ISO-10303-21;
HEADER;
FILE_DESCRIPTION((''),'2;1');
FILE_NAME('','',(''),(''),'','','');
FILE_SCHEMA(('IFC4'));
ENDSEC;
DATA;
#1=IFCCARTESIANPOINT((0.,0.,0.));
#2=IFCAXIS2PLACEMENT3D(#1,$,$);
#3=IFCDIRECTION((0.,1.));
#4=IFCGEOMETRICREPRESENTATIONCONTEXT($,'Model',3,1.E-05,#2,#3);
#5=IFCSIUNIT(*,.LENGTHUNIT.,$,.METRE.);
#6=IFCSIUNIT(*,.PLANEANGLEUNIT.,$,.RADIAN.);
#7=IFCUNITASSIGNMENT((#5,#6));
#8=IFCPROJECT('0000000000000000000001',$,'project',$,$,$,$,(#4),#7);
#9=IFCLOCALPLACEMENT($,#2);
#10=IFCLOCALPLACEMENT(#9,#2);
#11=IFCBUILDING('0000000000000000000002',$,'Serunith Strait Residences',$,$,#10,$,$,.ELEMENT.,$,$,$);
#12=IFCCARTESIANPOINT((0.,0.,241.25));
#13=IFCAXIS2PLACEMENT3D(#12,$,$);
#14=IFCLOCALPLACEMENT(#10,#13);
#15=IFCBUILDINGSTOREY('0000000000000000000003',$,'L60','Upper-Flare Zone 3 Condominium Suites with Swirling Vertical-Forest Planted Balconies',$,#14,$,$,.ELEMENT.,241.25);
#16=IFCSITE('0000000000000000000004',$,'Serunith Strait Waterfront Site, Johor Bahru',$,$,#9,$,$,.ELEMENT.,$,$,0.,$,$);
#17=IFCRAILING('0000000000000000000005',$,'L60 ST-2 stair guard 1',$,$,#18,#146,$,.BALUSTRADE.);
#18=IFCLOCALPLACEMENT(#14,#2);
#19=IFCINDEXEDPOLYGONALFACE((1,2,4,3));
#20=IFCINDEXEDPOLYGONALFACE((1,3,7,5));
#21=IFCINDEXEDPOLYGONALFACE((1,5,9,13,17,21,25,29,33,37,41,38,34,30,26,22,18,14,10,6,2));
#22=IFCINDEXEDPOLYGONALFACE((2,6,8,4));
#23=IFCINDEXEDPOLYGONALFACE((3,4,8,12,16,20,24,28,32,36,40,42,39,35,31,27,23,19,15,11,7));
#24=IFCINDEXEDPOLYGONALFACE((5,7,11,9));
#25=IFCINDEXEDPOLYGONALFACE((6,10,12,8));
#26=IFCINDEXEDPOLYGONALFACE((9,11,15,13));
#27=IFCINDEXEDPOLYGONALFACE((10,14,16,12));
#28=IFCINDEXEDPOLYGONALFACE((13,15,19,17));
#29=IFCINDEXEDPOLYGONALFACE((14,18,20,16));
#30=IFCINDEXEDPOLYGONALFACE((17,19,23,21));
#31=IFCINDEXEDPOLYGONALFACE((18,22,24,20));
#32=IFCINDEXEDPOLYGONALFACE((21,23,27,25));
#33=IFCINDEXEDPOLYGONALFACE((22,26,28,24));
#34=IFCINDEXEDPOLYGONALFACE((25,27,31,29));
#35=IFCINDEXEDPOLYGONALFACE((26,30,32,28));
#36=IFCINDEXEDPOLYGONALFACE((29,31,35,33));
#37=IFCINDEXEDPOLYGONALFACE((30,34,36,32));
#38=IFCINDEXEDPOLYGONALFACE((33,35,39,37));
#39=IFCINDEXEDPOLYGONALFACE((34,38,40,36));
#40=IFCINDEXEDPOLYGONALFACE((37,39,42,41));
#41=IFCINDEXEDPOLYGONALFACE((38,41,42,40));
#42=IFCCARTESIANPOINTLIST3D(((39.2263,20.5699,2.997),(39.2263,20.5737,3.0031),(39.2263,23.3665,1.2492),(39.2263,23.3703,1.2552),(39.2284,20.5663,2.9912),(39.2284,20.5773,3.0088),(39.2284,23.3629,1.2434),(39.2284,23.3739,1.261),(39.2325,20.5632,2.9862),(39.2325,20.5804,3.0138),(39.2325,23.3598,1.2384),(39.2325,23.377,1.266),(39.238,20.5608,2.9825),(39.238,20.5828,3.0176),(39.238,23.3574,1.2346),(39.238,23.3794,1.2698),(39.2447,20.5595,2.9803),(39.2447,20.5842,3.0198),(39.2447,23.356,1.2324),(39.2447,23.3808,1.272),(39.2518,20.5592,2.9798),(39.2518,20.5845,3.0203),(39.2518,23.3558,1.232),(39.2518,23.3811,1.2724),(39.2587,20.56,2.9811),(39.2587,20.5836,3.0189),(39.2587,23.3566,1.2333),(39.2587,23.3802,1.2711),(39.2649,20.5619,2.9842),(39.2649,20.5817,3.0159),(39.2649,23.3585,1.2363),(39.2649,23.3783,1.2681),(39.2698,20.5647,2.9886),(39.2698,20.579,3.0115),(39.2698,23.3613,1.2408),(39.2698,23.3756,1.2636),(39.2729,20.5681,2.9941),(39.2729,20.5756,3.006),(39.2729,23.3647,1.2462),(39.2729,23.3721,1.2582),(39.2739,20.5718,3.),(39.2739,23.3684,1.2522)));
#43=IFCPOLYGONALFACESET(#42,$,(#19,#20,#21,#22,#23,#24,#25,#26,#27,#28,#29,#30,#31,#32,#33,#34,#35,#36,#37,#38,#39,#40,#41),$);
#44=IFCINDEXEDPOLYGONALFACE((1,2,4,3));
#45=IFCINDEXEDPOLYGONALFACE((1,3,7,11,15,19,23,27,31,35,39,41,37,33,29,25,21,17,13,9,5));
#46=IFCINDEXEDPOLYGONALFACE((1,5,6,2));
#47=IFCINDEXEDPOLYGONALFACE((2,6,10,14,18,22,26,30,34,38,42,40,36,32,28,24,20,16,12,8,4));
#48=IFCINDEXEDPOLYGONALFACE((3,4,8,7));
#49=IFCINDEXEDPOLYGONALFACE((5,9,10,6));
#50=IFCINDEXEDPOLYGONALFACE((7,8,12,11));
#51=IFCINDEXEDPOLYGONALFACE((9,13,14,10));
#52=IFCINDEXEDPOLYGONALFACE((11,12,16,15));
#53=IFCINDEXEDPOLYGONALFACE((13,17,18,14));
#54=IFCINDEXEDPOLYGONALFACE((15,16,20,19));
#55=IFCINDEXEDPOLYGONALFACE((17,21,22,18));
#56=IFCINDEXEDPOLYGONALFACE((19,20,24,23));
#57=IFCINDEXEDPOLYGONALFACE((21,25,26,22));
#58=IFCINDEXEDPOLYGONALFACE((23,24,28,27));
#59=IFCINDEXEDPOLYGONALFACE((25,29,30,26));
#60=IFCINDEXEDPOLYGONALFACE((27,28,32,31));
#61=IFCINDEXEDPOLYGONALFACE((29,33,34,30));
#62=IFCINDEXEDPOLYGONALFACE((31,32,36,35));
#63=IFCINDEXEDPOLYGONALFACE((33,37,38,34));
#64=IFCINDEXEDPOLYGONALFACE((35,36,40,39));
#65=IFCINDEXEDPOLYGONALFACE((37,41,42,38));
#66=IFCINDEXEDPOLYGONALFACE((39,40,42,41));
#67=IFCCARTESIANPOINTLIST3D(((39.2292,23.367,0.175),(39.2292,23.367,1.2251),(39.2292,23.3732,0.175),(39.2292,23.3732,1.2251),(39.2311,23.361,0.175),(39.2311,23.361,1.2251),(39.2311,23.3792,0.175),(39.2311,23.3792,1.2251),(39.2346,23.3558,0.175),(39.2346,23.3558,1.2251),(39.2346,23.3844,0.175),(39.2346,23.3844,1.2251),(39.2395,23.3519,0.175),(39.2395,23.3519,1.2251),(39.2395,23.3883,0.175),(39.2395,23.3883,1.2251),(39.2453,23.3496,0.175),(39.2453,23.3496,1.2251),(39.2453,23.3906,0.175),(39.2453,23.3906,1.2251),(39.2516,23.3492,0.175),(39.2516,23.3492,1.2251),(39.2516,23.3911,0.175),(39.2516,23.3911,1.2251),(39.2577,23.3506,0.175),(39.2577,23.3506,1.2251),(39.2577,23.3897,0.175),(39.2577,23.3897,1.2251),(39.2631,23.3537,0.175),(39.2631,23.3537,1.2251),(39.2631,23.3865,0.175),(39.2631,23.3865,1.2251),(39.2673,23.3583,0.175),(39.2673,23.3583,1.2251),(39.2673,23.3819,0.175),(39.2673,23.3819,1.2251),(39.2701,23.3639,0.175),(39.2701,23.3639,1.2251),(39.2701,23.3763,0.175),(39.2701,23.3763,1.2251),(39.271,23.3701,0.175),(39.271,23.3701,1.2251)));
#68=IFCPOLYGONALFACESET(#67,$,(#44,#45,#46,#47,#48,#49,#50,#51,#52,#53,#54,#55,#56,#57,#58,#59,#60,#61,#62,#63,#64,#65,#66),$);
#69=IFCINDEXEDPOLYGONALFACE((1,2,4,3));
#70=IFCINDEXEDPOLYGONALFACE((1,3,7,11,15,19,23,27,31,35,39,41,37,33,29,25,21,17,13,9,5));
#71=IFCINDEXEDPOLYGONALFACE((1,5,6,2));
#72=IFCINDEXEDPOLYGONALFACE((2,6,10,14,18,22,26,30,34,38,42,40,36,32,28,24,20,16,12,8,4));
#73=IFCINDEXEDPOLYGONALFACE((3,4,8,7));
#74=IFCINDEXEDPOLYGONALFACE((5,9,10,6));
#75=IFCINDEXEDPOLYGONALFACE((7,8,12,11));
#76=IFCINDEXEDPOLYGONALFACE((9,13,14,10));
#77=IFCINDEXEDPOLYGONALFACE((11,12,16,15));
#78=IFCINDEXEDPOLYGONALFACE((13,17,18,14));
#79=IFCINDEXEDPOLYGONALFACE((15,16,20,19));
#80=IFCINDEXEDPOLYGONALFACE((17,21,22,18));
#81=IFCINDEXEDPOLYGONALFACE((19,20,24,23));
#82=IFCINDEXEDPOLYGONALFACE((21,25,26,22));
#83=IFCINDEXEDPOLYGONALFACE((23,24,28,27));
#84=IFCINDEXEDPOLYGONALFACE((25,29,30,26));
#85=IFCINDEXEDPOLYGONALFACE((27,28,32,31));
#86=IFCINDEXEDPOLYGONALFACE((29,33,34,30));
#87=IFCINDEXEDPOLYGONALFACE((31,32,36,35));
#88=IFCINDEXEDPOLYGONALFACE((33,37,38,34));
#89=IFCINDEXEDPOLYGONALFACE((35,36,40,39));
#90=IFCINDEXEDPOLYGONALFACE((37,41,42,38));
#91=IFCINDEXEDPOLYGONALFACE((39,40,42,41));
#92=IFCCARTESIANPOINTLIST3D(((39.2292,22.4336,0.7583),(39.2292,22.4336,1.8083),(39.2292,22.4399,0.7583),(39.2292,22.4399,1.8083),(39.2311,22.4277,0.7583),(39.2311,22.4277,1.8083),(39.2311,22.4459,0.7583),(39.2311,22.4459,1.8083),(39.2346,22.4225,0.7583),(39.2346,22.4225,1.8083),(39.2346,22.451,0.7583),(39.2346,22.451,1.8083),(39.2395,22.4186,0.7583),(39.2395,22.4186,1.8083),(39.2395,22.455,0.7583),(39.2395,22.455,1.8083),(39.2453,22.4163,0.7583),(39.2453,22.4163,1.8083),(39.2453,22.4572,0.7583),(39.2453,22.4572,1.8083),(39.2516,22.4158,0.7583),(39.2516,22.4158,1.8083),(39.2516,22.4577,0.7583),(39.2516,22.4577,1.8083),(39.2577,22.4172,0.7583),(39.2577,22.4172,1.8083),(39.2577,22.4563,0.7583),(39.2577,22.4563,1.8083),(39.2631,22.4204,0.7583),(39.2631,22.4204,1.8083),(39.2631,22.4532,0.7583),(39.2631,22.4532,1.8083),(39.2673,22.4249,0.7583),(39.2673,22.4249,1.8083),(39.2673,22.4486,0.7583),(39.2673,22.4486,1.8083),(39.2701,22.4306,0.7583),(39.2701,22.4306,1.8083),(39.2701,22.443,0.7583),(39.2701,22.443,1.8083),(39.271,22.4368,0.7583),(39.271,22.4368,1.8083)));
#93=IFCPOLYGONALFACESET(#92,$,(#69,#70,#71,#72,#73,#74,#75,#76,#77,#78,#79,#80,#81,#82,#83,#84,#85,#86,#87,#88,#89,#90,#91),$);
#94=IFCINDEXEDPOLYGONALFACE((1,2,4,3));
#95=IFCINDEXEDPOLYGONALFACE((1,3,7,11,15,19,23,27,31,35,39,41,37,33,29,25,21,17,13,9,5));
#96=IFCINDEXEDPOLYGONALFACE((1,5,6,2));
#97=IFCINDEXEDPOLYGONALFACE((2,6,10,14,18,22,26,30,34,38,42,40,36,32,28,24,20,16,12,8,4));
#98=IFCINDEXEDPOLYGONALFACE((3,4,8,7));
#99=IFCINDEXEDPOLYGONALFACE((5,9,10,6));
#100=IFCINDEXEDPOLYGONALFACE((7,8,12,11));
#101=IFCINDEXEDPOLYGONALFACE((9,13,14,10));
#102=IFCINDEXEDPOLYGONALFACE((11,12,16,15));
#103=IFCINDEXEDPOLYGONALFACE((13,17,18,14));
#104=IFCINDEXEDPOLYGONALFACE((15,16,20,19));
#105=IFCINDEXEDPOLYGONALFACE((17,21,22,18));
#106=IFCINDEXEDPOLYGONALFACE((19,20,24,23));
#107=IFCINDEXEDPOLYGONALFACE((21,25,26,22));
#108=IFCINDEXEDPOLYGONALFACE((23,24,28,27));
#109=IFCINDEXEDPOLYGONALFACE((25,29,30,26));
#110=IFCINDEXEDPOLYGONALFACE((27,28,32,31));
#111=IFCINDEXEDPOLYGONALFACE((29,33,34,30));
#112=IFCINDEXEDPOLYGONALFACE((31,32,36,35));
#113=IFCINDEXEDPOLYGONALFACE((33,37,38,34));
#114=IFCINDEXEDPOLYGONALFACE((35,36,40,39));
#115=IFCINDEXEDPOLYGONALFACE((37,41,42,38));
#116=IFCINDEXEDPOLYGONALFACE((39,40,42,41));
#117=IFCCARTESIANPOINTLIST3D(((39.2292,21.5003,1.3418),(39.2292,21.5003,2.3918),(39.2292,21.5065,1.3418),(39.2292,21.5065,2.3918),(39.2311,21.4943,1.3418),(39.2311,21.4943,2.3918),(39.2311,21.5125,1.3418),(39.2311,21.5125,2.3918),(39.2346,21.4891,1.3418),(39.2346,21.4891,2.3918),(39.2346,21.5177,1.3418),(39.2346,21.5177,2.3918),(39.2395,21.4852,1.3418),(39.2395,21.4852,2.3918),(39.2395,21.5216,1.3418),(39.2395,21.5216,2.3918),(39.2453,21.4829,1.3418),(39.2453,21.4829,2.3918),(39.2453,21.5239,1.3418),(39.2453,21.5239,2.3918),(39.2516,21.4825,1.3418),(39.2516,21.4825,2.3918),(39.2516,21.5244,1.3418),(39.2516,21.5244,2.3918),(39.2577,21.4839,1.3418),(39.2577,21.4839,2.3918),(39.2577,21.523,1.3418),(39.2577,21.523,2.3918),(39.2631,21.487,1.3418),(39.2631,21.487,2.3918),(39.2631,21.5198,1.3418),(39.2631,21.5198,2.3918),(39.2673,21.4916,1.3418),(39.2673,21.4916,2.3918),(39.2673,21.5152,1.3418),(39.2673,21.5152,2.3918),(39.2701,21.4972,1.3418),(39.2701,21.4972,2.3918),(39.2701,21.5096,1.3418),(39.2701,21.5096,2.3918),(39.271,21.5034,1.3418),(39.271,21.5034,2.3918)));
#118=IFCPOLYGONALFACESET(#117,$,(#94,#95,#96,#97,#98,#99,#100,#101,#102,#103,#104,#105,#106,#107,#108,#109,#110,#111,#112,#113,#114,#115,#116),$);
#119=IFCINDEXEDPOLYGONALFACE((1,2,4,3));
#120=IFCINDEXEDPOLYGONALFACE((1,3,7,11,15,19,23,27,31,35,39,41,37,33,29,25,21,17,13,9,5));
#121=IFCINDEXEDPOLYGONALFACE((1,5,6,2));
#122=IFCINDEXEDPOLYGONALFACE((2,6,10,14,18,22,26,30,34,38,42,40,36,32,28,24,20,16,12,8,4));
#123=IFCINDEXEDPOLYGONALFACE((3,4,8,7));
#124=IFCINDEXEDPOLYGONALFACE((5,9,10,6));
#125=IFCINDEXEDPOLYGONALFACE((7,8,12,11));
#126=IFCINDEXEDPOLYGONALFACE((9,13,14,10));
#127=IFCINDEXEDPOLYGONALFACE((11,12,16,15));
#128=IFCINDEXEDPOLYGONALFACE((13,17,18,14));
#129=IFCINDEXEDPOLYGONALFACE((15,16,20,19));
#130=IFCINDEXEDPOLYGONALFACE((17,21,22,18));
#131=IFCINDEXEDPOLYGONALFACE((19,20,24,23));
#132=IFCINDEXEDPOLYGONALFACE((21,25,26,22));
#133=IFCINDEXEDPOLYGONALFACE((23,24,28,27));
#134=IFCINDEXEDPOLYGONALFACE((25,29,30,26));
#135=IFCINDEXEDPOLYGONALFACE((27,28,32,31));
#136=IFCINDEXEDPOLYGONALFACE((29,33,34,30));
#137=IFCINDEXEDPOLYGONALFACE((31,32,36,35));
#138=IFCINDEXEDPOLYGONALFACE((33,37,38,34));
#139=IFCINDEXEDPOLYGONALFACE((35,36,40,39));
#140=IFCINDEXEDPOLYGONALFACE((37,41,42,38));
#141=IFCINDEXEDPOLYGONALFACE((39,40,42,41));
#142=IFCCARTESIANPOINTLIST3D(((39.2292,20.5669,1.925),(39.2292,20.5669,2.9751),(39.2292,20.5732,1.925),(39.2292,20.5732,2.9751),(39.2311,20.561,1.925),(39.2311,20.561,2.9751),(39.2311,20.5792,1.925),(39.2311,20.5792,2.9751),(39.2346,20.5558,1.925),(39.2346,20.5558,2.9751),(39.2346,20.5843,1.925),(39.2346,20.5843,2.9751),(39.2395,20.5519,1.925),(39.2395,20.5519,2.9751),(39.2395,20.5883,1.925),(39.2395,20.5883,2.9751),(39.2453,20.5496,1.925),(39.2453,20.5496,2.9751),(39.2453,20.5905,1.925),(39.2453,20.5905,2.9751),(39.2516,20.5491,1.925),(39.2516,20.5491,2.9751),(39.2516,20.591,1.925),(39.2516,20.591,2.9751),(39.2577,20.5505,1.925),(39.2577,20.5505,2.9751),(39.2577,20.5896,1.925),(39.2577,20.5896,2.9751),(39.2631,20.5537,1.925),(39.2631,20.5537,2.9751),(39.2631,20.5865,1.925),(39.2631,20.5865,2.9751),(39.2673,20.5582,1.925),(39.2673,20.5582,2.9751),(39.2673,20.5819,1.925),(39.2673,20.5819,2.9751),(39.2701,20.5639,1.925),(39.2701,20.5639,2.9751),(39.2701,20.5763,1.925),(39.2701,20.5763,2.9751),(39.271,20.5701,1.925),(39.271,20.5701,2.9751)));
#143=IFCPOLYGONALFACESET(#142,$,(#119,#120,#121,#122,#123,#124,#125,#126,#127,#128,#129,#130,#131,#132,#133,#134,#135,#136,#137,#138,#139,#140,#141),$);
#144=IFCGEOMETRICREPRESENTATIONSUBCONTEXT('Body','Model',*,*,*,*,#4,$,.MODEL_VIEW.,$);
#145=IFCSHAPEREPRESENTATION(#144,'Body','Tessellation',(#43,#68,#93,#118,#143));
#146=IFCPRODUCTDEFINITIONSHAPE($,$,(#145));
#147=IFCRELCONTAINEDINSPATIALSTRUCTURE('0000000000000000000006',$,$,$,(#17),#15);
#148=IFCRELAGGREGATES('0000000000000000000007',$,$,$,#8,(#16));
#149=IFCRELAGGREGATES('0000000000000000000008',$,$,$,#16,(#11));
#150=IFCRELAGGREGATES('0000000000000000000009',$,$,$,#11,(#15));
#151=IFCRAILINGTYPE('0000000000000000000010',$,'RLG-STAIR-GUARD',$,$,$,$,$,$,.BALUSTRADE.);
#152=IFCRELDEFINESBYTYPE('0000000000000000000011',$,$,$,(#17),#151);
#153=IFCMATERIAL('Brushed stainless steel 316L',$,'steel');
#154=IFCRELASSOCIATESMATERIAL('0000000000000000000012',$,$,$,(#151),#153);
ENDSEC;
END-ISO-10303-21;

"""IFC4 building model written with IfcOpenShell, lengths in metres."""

from ifc_helpers import new_model, si_unit, direction, frame, origin, origin_2d, place, context, subcontext, project, spatial, circle, extrude, material, type_object, element, save


model = new_model("IFC4")

# Units and contexts
model_context = context("Model", 3, precision=1e-05, world=origin(), true_north=direction((0.0, 1.0)))
body_context = subcontext(model_context, "Body", "Model", "MODEL_VIEW")
ifc_project = project(units=[si_unit("LENGTHUNIT", "METRE"), si_unit("PLANEANGLEUNIT", "RADIAN")], contexts=[model_context])

# Site, building, storey
site_placement = place(None, origin())
site = spatial("IfcSite", under=ifc_project, at=site_placement, Name="Serunith Strait Waterfront Site, Johor Bahru", CompositionType="ELEMENT", RefElevation=0.0)
building_placement = place(site_placement, origin())
building = spatial("IfcBuilding", under=site, at=building_placement, Name="Serunith Strait Residences", CompositionType="ELEMENT")
storey_placement = place(building_placement, frame((0.0, 0.0, 241.25)))
storey = spatial("IfcBuildingStorey", under=building, at=storey_placement, Name="L60", Description="Upper-Flare Zone 3 Condominium Suites with Swirling Vertical-Forest Planted Balconies", CompositionType="ELEMENT", Elevation=241.25)

# Railing
ifc_material_1 = material(Name="Brushed stainless steel 316L", Category="steel")
railing_type_1 = type_object("IfcRailingType", Name="RLG-STAIR-GUARD", PredefinedType="BALUSTRADE", material=ifc_material_1)
railing_1_placement = place(storey_placement, frame((39.25, 23.3701, 0.175)))
element("IfcRailing", 1, at=railing_1_placement, inside=storey, type_object=railing_type_1, Name="L60 ST-2 stair guard 1", PredefinedType="BALUSTRADE", context=body_context, shape_type="SweptSolid", body=[
    extrude(circle(Radius=0.0239, at=origin_2d()), frame((0.0, -0.0017, 1.0771), z_axis=(0.0, -0.848002, 0.529992), x_axis=(1.0, 0.0, 0.0)), (0.0, 0.0, 1.0), 3.2979),
    extrude(circle(Radius=0.021, at=origin_2d()), origin(), (0.0, 0.0, 1.0), 1.05),
    extrude(circle(Radius=0.021, at=origin_2d()), frame((0.0, -0.9333, 0.5833)), (0.0, 0.0, 1.0), 1.05),
    extrude(circle(Radius=0.021, at=origin_2d()), frame((0.0, -1.8667, 1.1667)), (0.0, 0.0, 1.0), 1.05),
    extrude(circle(Radius=0.021, at=origin_2d()), frame((0.0, -2.8, 1.75)), (0.0, 0.0, 1.0), 1.05),
])

save(model, "model.ifc")
